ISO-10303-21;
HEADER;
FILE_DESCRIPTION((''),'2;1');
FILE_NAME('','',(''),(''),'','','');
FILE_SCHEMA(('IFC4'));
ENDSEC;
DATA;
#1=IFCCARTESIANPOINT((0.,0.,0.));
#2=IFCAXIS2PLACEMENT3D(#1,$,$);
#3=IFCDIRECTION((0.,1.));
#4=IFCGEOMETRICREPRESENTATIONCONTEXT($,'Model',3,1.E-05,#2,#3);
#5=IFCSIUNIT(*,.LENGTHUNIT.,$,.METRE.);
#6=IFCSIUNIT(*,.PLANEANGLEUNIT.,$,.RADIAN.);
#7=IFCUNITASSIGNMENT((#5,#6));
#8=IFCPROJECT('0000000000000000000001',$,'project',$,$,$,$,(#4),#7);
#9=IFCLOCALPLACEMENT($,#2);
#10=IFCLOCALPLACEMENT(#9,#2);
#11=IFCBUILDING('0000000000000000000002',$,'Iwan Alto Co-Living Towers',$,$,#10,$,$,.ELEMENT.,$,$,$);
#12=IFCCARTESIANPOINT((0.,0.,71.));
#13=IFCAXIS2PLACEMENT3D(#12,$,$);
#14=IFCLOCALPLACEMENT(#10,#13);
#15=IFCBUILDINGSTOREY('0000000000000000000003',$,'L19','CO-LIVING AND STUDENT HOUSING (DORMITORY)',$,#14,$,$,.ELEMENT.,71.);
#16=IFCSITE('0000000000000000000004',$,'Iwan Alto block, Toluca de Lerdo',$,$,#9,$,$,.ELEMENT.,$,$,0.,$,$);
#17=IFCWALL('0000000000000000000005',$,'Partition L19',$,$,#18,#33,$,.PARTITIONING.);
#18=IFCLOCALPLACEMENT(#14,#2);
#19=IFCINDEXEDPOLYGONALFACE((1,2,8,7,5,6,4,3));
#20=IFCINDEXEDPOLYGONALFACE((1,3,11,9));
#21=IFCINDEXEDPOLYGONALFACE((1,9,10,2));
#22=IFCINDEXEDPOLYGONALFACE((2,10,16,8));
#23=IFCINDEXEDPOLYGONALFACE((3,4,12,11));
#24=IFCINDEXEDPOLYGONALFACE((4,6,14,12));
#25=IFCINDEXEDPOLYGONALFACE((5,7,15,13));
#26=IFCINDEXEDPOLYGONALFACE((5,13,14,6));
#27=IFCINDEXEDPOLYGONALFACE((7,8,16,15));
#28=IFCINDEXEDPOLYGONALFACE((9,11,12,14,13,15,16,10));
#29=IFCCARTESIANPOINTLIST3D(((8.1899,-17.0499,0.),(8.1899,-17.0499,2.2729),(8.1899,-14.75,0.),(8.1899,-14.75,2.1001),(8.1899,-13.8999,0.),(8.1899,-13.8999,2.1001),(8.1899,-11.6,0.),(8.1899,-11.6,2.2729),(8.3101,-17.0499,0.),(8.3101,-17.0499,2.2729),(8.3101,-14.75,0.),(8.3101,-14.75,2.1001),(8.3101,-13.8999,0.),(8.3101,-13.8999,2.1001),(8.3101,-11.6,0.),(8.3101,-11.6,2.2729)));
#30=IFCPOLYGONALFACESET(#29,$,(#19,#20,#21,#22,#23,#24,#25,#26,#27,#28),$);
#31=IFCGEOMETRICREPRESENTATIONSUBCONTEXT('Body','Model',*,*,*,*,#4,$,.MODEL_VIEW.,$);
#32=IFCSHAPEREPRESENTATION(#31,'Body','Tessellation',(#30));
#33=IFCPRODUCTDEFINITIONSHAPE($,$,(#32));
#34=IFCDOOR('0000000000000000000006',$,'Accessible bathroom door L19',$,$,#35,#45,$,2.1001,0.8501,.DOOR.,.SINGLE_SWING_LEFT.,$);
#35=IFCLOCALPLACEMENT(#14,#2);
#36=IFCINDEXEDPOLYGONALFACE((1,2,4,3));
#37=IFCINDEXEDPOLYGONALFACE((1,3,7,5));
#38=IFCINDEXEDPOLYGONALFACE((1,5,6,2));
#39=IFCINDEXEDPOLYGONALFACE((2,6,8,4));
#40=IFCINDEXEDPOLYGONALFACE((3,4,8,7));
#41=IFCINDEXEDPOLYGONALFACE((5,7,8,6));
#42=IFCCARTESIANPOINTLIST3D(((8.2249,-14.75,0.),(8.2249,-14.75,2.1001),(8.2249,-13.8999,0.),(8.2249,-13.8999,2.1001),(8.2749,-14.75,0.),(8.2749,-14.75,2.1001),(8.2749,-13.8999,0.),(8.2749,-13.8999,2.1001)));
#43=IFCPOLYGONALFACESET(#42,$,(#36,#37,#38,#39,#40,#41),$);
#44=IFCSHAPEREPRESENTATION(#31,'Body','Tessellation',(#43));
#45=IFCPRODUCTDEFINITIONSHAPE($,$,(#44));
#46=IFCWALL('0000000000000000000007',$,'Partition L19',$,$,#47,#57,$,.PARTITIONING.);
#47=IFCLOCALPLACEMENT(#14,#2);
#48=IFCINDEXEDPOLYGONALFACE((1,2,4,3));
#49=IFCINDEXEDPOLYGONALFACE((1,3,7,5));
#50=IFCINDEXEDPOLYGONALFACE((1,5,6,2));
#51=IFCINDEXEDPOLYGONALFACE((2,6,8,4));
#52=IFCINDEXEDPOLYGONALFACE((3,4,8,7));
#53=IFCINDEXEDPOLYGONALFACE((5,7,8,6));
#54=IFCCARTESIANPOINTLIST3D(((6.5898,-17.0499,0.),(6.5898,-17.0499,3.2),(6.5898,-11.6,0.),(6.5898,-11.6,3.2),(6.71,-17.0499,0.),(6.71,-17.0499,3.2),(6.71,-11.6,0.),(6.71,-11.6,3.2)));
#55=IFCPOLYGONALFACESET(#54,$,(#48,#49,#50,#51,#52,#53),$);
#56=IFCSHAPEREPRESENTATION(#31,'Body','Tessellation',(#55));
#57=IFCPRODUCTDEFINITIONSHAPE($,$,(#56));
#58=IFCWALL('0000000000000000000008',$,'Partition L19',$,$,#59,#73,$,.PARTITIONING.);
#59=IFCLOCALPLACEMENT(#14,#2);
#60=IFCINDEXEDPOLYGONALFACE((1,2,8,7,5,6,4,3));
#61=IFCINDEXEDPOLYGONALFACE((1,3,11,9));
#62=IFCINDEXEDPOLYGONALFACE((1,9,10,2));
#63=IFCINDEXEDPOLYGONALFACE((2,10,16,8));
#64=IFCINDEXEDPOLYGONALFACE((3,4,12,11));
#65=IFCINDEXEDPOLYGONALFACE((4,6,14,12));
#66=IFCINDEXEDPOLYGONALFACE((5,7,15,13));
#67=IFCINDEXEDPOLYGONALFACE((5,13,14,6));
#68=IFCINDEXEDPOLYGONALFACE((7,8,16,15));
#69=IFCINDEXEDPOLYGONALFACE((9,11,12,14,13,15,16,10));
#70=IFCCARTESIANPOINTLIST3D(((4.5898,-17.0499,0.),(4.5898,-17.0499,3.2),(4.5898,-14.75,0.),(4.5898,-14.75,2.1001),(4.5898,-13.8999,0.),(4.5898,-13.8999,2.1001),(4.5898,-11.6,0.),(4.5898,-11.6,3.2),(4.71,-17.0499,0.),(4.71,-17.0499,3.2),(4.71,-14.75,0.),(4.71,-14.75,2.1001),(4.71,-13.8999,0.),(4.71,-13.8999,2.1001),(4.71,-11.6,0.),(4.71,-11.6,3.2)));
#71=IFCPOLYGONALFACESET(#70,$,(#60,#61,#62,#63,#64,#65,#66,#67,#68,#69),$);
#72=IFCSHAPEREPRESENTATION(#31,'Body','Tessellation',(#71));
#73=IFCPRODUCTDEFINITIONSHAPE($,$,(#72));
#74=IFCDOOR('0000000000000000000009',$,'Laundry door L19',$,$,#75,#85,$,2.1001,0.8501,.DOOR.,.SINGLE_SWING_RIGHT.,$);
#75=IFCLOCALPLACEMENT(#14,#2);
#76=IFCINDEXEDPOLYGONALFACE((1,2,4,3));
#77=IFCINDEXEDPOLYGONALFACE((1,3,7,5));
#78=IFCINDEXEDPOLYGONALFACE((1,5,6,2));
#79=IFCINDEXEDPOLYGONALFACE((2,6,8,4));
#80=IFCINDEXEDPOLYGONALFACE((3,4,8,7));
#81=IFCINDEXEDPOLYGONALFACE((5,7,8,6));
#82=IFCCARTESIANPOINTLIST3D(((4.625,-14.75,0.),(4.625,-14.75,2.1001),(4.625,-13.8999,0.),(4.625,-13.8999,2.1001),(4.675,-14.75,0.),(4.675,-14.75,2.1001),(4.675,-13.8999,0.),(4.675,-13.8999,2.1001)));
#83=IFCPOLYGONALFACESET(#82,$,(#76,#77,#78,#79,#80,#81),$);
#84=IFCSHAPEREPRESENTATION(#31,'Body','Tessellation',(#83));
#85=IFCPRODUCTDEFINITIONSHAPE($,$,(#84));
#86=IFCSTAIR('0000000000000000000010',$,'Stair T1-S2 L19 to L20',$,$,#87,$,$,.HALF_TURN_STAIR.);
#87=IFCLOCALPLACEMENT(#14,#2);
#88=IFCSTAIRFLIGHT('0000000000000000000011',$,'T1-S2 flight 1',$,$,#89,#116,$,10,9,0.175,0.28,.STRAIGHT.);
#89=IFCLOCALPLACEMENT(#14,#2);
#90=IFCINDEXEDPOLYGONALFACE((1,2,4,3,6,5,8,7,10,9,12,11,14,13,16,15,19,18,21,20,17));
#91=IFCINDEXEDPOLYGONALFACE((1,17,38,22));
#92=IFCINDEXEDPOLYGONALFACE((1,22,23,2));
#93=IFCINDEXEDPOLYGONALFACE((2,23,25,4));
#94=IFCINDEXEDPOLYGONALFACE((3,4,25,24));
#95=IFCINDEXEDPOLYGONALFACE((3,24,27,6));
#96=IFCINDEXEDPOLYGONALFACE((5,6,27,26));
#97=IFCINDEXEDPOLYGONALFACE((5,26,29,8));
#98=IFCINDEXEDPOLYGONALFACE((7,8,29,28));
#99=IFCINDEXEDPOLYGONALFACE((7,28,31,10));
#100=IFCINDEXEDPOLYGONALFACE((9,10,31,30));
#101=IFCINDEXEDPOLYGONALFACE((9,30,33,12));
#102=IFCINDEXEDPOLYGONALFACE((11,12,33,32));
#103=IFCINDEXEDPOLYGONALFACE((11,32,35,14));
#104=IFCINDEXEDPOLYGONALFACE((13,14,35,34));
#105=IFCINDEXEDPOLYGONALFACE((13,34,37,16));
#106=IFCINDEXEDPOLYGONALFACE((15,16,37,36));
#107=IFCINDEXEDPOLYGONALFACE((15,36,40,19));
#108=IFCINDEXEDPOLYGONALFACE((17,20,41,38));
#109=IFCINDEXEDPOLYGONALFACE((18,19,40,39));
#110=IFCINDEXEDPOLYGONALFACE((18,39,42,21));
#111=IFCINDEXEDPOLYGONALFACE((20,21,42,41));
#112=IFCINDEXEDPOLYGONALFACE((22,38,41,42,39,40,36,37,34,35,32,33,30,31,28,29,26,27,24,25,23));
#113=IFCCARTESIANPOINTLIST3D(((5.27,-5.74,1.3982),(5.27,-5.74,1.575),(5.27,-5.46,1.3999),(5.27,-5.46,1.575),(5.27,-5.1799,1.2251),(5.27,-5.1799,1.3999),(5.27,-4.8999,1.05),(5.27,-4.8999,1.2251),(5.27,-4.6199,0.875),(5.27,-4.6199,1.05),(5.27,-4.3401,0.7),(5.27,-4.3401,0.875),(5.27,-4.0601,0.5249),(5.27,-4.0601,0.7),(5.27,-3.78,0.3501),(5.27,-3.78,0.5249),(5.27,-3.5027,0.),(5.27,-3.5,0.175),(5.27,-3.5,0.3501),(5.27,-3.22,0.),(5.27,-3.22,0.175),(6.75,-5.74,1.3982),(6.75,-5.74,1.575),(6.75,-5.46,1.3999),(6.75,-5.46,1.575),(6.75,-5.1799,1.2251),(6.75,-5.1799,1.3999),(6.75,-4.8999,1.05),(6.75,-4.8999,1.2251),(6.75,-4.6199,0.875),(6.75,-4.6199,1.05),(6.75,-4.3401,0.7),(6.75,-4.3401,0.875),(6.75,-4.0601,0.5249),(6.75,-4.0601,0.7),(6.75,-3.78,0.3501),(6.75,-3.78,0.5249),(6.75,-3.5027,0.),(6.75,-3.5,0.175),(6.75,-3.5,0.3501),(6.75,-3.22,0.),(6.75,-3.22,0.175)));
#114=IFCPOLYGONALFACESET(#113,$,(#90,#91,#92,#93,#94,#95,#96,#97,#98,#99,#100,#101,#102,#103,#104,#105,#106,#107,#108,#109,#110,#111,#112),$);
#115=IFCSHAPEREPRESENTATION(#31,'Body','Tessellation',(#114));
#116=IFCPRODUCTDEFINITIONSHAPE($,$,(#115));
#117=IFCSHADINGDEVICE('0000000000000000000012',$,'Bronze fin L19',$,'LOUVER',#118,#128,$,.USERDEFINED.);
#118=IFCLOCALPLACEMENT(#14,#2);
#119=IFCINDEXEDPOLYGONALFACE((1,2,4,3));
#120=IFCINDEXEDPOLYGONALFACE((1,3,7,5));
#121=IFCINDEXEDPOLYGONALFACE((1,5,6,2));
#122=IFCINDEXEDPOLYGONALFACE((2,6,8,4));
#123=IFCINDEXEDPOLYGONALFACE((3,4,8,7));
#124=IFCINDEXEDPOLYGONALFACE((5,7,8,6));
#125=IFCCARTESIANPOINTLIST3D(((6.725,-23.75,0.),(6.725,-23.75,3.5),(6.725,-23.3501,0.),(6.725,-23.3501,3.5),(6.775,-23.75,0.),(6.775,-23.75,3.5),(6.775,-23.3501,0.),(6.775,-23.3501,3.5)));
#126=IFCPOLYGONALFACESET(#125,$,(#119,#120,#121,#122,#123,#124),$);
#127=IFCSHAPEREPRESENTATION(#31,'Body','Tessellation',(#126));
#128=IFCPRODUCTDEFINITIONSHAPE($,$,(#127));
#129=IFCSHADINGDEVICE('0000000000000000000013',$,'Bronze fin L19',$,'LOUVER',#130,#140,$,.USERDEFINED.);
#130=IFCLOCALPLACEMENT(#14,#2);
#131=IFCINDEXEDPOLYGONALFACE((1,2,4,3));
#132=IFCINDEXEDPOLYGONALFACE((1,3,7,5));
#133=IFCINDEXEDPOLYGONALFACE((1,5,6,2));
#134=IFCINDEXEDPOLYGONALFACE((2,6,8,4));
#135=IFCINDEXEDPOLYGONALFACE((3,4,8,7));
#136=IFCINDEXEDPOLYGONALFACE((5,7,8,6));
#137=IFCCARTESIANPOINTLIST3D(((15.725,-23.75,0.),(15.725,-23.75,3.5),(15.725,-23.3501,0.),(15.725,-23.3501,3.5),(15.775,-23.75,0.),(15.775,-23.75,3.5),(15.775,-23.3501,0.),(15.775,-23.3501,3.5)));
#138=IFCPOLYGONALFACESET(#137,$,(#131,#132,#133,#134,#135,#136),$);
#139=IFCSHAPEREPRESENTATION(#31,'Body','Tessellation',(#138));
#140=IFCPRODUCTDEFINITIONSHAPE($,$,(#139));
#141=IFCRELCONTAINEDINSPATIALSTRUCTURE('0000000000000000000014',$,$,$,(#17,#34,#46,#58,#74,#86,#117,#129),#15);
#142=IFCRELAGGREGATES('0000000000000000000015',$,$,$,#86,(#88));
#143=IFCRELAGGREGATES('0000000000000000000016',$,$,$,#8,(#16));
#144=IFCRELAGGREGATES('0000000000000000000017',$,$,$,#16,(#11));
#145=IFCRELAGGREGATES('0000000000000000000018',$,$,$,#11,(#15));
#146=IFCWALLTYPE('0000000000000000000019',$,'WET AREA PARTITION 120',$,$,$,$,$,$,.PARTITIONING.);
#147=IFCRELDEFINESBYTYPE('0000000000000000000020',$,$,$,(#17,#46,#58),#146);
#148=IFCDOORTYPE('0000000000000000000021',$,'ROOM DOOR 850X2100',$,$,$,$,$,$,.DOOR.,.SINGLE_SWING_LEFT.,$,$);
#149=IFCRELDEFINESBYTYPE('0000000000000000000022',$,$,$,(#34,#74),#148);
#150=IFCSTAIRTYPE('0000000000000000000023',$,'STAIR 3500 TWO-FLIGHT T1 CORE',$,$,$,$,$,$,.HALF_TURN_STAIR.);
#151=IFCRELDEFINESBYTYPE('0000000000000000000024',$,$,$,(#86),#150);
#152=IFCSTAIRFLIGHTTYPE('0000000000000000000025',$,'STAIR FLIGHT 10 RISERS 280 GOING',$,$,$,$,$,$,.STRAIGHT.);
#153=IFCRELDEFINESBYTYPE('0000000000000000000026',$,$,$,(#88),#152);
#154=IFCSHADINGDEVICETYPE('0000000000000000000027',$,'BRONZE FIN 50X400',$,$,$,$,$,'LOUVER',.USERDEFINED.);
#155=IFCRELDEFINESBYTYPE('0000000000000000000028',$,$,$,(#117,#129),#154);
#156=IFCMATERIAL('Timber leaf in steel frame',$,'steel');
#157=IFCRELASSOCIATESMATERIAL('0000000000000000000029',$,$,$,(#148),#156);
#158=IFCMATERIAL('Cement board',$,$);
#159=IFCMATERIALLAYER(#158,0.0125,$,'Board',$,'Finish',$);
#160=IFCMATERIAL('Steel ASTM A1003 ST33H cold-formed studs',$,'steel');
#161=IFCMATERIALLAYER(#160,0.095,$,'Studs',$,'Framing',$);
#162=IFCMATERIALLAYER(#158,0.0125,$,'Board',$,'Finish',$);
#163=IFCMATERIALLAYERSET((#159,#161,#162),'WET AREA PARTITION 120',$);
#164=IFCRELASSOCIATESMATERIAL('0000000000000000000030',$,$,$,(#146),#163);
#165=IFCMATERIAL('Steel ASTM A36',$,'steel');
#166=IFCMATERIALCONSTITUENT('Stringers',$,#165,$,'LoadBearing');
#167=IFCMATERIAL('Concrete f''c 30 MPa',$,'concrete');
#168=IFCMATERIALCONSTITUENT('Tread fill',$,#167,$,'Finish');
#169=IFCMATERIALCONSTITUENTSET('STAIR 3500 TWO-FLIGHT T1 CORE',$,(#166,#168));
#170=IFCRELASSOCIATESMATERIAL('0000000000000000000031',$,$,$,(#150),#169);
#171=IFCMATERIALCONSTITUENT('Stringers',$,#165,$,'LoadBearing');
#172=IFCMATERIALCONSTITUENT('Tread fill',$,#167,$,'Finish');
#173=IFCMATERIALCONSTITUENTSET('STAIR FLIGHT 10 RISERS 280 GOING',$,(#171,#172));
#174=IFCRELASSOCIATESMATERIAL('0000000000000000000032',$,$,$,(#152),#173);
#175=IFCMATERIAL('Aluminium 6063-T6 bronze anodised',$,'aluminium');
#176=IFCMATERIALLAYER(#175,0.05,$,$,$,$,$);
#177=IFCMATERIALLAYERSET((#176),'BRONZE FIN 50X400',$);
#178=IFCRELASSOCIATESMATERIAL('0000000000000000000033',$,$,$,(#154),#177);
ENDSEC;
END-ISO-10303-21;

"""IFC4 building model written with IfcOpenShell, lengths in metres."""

from ifc_helpers import new_model, si_unit, direction, frame, frame_2d, origin, origin_2d, place, context, subcontext, project, spatial, polyline, rectangle, outline, extrude, material, layer, layer_set, constituent, constituent_set, type_object, element, fill, aggregate, save


model = new_model("IFC4")

# Units and contexts
model_context = context("Model", 3, precision=1e-05, world=origin(), true_north=direction((0.0, 1.0)))
body_context = subcontext(model_context, "Body", "Model", "MODEL_VIEW")
ifc_project = project(units=[si_unit("LENGTHUNIT", "METRE"), si_unit("PLANEANGLEUNIT", "RADIAN")], contexts=[model_context])

# Site, building, storey
site_placement = place(None, origin())
site = spatial("IfcSite", under=ifc_project, at=site_placement, Name="Iwan Alto block, Toluca de Lerdo", CompositionType="ELEMENT", RefElevation=0.0)
building_placement = place(site_placement, origin())
building = spatial("IfcBuilding", under=site, at=building_placement, Name="Iwan Alto Co-Living Towers", CompositionType="ELEMENT")
storey_placement = place(building_placement, frame((0.0, 0.0, 71.0)))
storey = spatial("IfcBuildingStorey", under=building, at=storey_placement, Name="L19", Description="CO-LIVING AND STUDENT HOUSING (DORMITORY)", CompositionType="ELEMENT", Elevation=71.0)

# Shared definitions
ifc_material_1 = material(Name="Steel ASTM A1003 ST33H cold-formed studs", Category="steel")

# Shared definitions
ifc_material_2 = material(Name="Timber leaf in steel frame", Category="steel")
door_type_1 = type_object("IfcDoorType", Name="ROOM DOOR 850X2100", OperationType="SINGLE_SWING_LEFT", PredefinedType="DOOR", material=ifc_material_2)

# Shared definitions
ifc_material_3 = material(Name="Cement board")
ifc_layer_1 = layer(ifc_material_3, 0.0125, Name="Board", Category="Finish")
ifc_layer_2 = layer(ifc_material_1, 0.095, Name="Studs", Category="Framing")
ifc_layer_3 = layer(ifc_material_3, 0.0125, Name="Board", Category="Finish")
ifc_layer_set_1 = layer_set([ifc_layer_1, ifc_layer_2, ifc_layer_3], Name="WET AREA PARTITION 120")
wall_type_1 = type_object("IfcWallType", Name="WET AREA PARTITION 120", PredefinedType="PARTITIONING", material=ifc_layer_set_1)

# Wall, opening, door
wall_1_placement = place(storey_placement, frame((8.25, -17.05, 0.0), z_axis=(0.0, 0.0, 1.0), x_axis=(0.0, 1.0, 0.0)))
wall_1 = element("IfcWall", 1, at=wall_1_placement, inside=storey, type_object=wall_type_1, Name="Partition L19", PredefinedType="PARTITIONING", context=body_context, shape_type="SweptSolid", body=[
    extrude(rectangle(XDim=5.45, YDim=0.1201, at=frame_2d((2.7251, 0.0))), origin(), (0.0, 0.0, 1.0), 2.2729),
])
opening_1_placement = place(wall_1_placement, frame((2.3, 0.0, 0.0)))
opening_1 = element("IfcOpeningElement", 2, at=opening_1_placement, cuts=wall_1, PredefinedType="OPENING", context=body_context, shape_type="SweptSolid", body=[
    extrude(rectangle(XDim=0.8501, YDim=2.1001, at=frame_2d((0.425, 1.05))), frame((0.0, 0.0701, 0.0), z_axis=(0.0, -1.0, 0.0), x_axis=(1.0, 0.0, 0.0)), (0.0, 0.0, 1.0), 0.1401),
])
door_1_placement = place(opening_1_placement, frame((0.8501, 0.0, 0.0), z_axis=(0.0, 0.0, 1.0), x_axis=(-1.0, 0.0, 0.0)))
door_1 = element("IfcDoor", 3, at=door_1_placement, inside=storey, type_object=door_type_1, Name="Accessible bathroom door L19", OperationType="SINGLE_SWING_LEFT", OverallHeight=2.1001, OverallWidth=0.8501, PredefinedType="DOOR", context=body_context, shape_type="SweptSolid", body=[
    extrude(rectangle(XDim=0.8501, YDim=2.1001, at=frame_2d((0.425, 1.05))), frame((0.0, 0.0249, 0.0), z_axis=(0.0, -1.0, 0.0), x_axis=(1.0, 0.0, 0.0)), (0.0, 0.0, 1.0), 0.05),
])
fill(opening_1, door_1)

# Wall
wall_2_placement = place(storey_placement, frame((6.6499, -17.05, 0.0), z_axis=(0.0, 0.0, 1.0), x_axis=(0.0, 1.0, 0.0)))
element("IfcWall", 4, at=wall_2_placement, inside=storey, type_object=wall_type_1, Name="Partition L19", PredefinedType="PARTITIONING", context=body_context, shape_type="SweptSolid", body=[
    extrude(rectangle(XDim=5.45, YDim=0.1201, at=frame_2d((2.7251, 0.0))), origin(), (0.0, 0.0, 1.0), 3.2),
])

# Wall, opening, door
wall_3_placement = place(storey_placement, frame((4.6499, -17.05, 0.0), z_axis=(0.0, 0.0, 1.0), x_axis=(0.0, 1.0, 0.0)))
wall_3 = element("IfcWall", 5, at=wall_3_placement, inside=storey, type_object=wall_type_1, Name="Partition L19", PredefinedType="PARTITIONING", context=body_context, shape_type="SweptSolid", body=[
    extrude(rectangle(XDim=5.45, YDim=0.1201, at=frame_2d((2.7251, 0.0))), origin(), (0.0, 0.0, 1.0), 3.2),
])
opening_2_placement = place(wall_3_placement, frame((2.3, 0.0, 0.0)))
opening_2 = element("IfcOpeningElement", 6, at=opening_2_placement, cuts=wall_3, PredefinedType="OPENING", context=body_context, shape_type="SweptSolid", body=[
    extrude(rectangle(XDim=0.8501, YDim=2.1001, at=frame_2d((0.425, 1.05))), frame((0.0, 0.0701, 0.0), z_axis=(0.0, -1.0, 0.0), x_axis=(1.0, 0.0, 0.0)), (0.0, 0.0, 1.0), 0.1401),
])
door_2_placement = place(opening_2_placement, origin())
door_2 = element("IfcDoor", 7, at=door_2_placement, inside=storey, type_object=door_type_1, Name="Laundry door L19", OperationType="SINGLE_SWING_RIGHT", OverallHeight=2.1001, OverallWidth=0.8501, PredefinedType="DOOR", context=body_context, shape_type="SweptSolid", body=[
    extrude(rectangle(XDim=0.8501, YDim=2.1001, at=frame_2d((0.425, 1.05))), frame((0.0, 0.0249, 0.0), z_axis=(0.0, -1.0, 0.0), x_axis=(1.0, 0.0, 0.0)), (0.0, 0.0, 1.0), 0.05),
])
fill(opening_2, door_2)

# Stair, stair flight
ifc_material_4 = material(Name="Steel ASTM A36", Category="steel")
ifc_constituent_1 = constituent(ifc_material_4, Name="Stringers", Category="LoadBearing")
ifc_material_5 = material(Name="Concrete f'c 30 MPa", Category="concrete")
ifc_constituent_2 = constituent(ifc_material_5, Name="Tread fill", Category="Finish")
ifc_constituent_set_1 = constituent_set(constituents=[ifc_constituent_1, ifc_constituent_2], Name="STAIR 3500 TWO-FLIGHT T1 CORE")
stair_type = type_object("IfcStairType", Name="STAIR 3500 TWO-FLIGHT T1 CORE", PredefinedType="HALF_TURN_STAIR", material=ifc_constituent_set_1)
stair_placement = place(storey_placement, origin())
stair = element("IfcStair", 8, at=stair_placement, inside=storey, type_object=stair_type, Name="Stair T1-S2 L19 to L20", PredefinedType="HALF_TURN_STAIR")
ifc_constituent_3 = constituent(ifc_material_4, Name="Stringers", Category="LoadBearing")
ifc_constituent_4 = constituent(ifc_material_5, Name="Tread fill", Category="Finish")
ifc_constituent_set_2 = constituent_set(constituents=[ifc_constituent_3, ifc_constituent_4], Name="STAIR FLIGHT 10 RISERS 280 GOING")
stair_flight_type = type_object("IfcStairFlightType", Name="STAIR FLIGHT 10 RISERS 280 GOING", PredefinedType="STRAIGHT", material=ifc_constituent_set_2)
stair_flight_placement = place(storey_placement, frame((6.01, -3.22, 0.0), z_axis=(0.0, 0.0, 1.0), x_axis=(0.0, -1.0, 0.0)))
stair_flight = element("IfcStairFlight", 9, at=stair_flight_placement, type_object=stair_flight_type, Name="T1-S2 flight 1", NumberOfRisers=10, NumberOfTreads=9, PredefinedType="STRAIGHT", RiserHeight=0.175, TreadLength=0.28, context=body_context, shape_type="SweptSolid", body=[
    extrude(outline(polyline([(0.0, 0.0), (0.0, 0.175), (0.28, 0.175), (0.28, 0.3501), (0.5601, 0.3501), (0.5601, 0.5249), (0.8401, 0.5249), (0.8401, 0.7), (1.1201, 0.7), (1.1201, 0.875), (1.3999, 0.875), (1.3999, 1.05), (1.6799, 1.05), (1.6799, 1.2251), (1.96, 1.2251), (1.96, 1.3999), (2.24, 1.3999), (2.24, 1.575), (2.52, 1.575), (2.52, 1.75), (2.52, 1.3982), (0.2827, 0.0), (0.0, 0.0)])), frame((0.0, 0.74, 0.0), z_axis=(0.0, -1.0, 0.0), x_axis=(1.0, 0.0, 0.0)), (0.0, 0.0, 1.0), 1.48),
])
aggregate(stair, [stair_flight])

# Shading devices
ifc_material_6 = material(Name="Aluminium 6063-T6 bronze anodised", Category="aluminium")
ifc_layer_4 = layer(ifc_material_6, 0.05)
ifc_layer_set_2 = layer_set([ifc_layer_4], Name="BRONZE FIN 50X400")
shading_device_type = type_object("IfcShadingDeviceType", Name="BRONZE FIN 50X400", ElementType="LOUVER", PredefinedType="USERDEFINED", material=ifc_layer_set_2)
for number, where, z_axis, x_axis, name in (
    (10, (6.75, -23.55, 0.0), (0.0, 0.0, 1.0), (1.0, 0.0, 0.0), "Bronze fin L19"),
    (11, (15.75, -23.55, 0.0), (0.0, 0.0, 1.0), (1.0, 0.0, 0.0), "Bronze fin L19"),
):
    element("IfcShadingDevice", number, at=place(storey_placement, frame(where, z_axis=z_axis, x_axis=x_axis)), inside=storey, type_object=shading_device_type, Name=name, ObjectType="LOUVER", PredefinedType="USERDEFINED", context=body_context, shape_type="SweptSolid", body=[
        extrude(rectangle(XDim=0.05, YDim=0.3999, at=origin_2d()), origin(), (0.0, 0.0, 1.0), 3.5),
    ])

save(model, "model.ifc")
